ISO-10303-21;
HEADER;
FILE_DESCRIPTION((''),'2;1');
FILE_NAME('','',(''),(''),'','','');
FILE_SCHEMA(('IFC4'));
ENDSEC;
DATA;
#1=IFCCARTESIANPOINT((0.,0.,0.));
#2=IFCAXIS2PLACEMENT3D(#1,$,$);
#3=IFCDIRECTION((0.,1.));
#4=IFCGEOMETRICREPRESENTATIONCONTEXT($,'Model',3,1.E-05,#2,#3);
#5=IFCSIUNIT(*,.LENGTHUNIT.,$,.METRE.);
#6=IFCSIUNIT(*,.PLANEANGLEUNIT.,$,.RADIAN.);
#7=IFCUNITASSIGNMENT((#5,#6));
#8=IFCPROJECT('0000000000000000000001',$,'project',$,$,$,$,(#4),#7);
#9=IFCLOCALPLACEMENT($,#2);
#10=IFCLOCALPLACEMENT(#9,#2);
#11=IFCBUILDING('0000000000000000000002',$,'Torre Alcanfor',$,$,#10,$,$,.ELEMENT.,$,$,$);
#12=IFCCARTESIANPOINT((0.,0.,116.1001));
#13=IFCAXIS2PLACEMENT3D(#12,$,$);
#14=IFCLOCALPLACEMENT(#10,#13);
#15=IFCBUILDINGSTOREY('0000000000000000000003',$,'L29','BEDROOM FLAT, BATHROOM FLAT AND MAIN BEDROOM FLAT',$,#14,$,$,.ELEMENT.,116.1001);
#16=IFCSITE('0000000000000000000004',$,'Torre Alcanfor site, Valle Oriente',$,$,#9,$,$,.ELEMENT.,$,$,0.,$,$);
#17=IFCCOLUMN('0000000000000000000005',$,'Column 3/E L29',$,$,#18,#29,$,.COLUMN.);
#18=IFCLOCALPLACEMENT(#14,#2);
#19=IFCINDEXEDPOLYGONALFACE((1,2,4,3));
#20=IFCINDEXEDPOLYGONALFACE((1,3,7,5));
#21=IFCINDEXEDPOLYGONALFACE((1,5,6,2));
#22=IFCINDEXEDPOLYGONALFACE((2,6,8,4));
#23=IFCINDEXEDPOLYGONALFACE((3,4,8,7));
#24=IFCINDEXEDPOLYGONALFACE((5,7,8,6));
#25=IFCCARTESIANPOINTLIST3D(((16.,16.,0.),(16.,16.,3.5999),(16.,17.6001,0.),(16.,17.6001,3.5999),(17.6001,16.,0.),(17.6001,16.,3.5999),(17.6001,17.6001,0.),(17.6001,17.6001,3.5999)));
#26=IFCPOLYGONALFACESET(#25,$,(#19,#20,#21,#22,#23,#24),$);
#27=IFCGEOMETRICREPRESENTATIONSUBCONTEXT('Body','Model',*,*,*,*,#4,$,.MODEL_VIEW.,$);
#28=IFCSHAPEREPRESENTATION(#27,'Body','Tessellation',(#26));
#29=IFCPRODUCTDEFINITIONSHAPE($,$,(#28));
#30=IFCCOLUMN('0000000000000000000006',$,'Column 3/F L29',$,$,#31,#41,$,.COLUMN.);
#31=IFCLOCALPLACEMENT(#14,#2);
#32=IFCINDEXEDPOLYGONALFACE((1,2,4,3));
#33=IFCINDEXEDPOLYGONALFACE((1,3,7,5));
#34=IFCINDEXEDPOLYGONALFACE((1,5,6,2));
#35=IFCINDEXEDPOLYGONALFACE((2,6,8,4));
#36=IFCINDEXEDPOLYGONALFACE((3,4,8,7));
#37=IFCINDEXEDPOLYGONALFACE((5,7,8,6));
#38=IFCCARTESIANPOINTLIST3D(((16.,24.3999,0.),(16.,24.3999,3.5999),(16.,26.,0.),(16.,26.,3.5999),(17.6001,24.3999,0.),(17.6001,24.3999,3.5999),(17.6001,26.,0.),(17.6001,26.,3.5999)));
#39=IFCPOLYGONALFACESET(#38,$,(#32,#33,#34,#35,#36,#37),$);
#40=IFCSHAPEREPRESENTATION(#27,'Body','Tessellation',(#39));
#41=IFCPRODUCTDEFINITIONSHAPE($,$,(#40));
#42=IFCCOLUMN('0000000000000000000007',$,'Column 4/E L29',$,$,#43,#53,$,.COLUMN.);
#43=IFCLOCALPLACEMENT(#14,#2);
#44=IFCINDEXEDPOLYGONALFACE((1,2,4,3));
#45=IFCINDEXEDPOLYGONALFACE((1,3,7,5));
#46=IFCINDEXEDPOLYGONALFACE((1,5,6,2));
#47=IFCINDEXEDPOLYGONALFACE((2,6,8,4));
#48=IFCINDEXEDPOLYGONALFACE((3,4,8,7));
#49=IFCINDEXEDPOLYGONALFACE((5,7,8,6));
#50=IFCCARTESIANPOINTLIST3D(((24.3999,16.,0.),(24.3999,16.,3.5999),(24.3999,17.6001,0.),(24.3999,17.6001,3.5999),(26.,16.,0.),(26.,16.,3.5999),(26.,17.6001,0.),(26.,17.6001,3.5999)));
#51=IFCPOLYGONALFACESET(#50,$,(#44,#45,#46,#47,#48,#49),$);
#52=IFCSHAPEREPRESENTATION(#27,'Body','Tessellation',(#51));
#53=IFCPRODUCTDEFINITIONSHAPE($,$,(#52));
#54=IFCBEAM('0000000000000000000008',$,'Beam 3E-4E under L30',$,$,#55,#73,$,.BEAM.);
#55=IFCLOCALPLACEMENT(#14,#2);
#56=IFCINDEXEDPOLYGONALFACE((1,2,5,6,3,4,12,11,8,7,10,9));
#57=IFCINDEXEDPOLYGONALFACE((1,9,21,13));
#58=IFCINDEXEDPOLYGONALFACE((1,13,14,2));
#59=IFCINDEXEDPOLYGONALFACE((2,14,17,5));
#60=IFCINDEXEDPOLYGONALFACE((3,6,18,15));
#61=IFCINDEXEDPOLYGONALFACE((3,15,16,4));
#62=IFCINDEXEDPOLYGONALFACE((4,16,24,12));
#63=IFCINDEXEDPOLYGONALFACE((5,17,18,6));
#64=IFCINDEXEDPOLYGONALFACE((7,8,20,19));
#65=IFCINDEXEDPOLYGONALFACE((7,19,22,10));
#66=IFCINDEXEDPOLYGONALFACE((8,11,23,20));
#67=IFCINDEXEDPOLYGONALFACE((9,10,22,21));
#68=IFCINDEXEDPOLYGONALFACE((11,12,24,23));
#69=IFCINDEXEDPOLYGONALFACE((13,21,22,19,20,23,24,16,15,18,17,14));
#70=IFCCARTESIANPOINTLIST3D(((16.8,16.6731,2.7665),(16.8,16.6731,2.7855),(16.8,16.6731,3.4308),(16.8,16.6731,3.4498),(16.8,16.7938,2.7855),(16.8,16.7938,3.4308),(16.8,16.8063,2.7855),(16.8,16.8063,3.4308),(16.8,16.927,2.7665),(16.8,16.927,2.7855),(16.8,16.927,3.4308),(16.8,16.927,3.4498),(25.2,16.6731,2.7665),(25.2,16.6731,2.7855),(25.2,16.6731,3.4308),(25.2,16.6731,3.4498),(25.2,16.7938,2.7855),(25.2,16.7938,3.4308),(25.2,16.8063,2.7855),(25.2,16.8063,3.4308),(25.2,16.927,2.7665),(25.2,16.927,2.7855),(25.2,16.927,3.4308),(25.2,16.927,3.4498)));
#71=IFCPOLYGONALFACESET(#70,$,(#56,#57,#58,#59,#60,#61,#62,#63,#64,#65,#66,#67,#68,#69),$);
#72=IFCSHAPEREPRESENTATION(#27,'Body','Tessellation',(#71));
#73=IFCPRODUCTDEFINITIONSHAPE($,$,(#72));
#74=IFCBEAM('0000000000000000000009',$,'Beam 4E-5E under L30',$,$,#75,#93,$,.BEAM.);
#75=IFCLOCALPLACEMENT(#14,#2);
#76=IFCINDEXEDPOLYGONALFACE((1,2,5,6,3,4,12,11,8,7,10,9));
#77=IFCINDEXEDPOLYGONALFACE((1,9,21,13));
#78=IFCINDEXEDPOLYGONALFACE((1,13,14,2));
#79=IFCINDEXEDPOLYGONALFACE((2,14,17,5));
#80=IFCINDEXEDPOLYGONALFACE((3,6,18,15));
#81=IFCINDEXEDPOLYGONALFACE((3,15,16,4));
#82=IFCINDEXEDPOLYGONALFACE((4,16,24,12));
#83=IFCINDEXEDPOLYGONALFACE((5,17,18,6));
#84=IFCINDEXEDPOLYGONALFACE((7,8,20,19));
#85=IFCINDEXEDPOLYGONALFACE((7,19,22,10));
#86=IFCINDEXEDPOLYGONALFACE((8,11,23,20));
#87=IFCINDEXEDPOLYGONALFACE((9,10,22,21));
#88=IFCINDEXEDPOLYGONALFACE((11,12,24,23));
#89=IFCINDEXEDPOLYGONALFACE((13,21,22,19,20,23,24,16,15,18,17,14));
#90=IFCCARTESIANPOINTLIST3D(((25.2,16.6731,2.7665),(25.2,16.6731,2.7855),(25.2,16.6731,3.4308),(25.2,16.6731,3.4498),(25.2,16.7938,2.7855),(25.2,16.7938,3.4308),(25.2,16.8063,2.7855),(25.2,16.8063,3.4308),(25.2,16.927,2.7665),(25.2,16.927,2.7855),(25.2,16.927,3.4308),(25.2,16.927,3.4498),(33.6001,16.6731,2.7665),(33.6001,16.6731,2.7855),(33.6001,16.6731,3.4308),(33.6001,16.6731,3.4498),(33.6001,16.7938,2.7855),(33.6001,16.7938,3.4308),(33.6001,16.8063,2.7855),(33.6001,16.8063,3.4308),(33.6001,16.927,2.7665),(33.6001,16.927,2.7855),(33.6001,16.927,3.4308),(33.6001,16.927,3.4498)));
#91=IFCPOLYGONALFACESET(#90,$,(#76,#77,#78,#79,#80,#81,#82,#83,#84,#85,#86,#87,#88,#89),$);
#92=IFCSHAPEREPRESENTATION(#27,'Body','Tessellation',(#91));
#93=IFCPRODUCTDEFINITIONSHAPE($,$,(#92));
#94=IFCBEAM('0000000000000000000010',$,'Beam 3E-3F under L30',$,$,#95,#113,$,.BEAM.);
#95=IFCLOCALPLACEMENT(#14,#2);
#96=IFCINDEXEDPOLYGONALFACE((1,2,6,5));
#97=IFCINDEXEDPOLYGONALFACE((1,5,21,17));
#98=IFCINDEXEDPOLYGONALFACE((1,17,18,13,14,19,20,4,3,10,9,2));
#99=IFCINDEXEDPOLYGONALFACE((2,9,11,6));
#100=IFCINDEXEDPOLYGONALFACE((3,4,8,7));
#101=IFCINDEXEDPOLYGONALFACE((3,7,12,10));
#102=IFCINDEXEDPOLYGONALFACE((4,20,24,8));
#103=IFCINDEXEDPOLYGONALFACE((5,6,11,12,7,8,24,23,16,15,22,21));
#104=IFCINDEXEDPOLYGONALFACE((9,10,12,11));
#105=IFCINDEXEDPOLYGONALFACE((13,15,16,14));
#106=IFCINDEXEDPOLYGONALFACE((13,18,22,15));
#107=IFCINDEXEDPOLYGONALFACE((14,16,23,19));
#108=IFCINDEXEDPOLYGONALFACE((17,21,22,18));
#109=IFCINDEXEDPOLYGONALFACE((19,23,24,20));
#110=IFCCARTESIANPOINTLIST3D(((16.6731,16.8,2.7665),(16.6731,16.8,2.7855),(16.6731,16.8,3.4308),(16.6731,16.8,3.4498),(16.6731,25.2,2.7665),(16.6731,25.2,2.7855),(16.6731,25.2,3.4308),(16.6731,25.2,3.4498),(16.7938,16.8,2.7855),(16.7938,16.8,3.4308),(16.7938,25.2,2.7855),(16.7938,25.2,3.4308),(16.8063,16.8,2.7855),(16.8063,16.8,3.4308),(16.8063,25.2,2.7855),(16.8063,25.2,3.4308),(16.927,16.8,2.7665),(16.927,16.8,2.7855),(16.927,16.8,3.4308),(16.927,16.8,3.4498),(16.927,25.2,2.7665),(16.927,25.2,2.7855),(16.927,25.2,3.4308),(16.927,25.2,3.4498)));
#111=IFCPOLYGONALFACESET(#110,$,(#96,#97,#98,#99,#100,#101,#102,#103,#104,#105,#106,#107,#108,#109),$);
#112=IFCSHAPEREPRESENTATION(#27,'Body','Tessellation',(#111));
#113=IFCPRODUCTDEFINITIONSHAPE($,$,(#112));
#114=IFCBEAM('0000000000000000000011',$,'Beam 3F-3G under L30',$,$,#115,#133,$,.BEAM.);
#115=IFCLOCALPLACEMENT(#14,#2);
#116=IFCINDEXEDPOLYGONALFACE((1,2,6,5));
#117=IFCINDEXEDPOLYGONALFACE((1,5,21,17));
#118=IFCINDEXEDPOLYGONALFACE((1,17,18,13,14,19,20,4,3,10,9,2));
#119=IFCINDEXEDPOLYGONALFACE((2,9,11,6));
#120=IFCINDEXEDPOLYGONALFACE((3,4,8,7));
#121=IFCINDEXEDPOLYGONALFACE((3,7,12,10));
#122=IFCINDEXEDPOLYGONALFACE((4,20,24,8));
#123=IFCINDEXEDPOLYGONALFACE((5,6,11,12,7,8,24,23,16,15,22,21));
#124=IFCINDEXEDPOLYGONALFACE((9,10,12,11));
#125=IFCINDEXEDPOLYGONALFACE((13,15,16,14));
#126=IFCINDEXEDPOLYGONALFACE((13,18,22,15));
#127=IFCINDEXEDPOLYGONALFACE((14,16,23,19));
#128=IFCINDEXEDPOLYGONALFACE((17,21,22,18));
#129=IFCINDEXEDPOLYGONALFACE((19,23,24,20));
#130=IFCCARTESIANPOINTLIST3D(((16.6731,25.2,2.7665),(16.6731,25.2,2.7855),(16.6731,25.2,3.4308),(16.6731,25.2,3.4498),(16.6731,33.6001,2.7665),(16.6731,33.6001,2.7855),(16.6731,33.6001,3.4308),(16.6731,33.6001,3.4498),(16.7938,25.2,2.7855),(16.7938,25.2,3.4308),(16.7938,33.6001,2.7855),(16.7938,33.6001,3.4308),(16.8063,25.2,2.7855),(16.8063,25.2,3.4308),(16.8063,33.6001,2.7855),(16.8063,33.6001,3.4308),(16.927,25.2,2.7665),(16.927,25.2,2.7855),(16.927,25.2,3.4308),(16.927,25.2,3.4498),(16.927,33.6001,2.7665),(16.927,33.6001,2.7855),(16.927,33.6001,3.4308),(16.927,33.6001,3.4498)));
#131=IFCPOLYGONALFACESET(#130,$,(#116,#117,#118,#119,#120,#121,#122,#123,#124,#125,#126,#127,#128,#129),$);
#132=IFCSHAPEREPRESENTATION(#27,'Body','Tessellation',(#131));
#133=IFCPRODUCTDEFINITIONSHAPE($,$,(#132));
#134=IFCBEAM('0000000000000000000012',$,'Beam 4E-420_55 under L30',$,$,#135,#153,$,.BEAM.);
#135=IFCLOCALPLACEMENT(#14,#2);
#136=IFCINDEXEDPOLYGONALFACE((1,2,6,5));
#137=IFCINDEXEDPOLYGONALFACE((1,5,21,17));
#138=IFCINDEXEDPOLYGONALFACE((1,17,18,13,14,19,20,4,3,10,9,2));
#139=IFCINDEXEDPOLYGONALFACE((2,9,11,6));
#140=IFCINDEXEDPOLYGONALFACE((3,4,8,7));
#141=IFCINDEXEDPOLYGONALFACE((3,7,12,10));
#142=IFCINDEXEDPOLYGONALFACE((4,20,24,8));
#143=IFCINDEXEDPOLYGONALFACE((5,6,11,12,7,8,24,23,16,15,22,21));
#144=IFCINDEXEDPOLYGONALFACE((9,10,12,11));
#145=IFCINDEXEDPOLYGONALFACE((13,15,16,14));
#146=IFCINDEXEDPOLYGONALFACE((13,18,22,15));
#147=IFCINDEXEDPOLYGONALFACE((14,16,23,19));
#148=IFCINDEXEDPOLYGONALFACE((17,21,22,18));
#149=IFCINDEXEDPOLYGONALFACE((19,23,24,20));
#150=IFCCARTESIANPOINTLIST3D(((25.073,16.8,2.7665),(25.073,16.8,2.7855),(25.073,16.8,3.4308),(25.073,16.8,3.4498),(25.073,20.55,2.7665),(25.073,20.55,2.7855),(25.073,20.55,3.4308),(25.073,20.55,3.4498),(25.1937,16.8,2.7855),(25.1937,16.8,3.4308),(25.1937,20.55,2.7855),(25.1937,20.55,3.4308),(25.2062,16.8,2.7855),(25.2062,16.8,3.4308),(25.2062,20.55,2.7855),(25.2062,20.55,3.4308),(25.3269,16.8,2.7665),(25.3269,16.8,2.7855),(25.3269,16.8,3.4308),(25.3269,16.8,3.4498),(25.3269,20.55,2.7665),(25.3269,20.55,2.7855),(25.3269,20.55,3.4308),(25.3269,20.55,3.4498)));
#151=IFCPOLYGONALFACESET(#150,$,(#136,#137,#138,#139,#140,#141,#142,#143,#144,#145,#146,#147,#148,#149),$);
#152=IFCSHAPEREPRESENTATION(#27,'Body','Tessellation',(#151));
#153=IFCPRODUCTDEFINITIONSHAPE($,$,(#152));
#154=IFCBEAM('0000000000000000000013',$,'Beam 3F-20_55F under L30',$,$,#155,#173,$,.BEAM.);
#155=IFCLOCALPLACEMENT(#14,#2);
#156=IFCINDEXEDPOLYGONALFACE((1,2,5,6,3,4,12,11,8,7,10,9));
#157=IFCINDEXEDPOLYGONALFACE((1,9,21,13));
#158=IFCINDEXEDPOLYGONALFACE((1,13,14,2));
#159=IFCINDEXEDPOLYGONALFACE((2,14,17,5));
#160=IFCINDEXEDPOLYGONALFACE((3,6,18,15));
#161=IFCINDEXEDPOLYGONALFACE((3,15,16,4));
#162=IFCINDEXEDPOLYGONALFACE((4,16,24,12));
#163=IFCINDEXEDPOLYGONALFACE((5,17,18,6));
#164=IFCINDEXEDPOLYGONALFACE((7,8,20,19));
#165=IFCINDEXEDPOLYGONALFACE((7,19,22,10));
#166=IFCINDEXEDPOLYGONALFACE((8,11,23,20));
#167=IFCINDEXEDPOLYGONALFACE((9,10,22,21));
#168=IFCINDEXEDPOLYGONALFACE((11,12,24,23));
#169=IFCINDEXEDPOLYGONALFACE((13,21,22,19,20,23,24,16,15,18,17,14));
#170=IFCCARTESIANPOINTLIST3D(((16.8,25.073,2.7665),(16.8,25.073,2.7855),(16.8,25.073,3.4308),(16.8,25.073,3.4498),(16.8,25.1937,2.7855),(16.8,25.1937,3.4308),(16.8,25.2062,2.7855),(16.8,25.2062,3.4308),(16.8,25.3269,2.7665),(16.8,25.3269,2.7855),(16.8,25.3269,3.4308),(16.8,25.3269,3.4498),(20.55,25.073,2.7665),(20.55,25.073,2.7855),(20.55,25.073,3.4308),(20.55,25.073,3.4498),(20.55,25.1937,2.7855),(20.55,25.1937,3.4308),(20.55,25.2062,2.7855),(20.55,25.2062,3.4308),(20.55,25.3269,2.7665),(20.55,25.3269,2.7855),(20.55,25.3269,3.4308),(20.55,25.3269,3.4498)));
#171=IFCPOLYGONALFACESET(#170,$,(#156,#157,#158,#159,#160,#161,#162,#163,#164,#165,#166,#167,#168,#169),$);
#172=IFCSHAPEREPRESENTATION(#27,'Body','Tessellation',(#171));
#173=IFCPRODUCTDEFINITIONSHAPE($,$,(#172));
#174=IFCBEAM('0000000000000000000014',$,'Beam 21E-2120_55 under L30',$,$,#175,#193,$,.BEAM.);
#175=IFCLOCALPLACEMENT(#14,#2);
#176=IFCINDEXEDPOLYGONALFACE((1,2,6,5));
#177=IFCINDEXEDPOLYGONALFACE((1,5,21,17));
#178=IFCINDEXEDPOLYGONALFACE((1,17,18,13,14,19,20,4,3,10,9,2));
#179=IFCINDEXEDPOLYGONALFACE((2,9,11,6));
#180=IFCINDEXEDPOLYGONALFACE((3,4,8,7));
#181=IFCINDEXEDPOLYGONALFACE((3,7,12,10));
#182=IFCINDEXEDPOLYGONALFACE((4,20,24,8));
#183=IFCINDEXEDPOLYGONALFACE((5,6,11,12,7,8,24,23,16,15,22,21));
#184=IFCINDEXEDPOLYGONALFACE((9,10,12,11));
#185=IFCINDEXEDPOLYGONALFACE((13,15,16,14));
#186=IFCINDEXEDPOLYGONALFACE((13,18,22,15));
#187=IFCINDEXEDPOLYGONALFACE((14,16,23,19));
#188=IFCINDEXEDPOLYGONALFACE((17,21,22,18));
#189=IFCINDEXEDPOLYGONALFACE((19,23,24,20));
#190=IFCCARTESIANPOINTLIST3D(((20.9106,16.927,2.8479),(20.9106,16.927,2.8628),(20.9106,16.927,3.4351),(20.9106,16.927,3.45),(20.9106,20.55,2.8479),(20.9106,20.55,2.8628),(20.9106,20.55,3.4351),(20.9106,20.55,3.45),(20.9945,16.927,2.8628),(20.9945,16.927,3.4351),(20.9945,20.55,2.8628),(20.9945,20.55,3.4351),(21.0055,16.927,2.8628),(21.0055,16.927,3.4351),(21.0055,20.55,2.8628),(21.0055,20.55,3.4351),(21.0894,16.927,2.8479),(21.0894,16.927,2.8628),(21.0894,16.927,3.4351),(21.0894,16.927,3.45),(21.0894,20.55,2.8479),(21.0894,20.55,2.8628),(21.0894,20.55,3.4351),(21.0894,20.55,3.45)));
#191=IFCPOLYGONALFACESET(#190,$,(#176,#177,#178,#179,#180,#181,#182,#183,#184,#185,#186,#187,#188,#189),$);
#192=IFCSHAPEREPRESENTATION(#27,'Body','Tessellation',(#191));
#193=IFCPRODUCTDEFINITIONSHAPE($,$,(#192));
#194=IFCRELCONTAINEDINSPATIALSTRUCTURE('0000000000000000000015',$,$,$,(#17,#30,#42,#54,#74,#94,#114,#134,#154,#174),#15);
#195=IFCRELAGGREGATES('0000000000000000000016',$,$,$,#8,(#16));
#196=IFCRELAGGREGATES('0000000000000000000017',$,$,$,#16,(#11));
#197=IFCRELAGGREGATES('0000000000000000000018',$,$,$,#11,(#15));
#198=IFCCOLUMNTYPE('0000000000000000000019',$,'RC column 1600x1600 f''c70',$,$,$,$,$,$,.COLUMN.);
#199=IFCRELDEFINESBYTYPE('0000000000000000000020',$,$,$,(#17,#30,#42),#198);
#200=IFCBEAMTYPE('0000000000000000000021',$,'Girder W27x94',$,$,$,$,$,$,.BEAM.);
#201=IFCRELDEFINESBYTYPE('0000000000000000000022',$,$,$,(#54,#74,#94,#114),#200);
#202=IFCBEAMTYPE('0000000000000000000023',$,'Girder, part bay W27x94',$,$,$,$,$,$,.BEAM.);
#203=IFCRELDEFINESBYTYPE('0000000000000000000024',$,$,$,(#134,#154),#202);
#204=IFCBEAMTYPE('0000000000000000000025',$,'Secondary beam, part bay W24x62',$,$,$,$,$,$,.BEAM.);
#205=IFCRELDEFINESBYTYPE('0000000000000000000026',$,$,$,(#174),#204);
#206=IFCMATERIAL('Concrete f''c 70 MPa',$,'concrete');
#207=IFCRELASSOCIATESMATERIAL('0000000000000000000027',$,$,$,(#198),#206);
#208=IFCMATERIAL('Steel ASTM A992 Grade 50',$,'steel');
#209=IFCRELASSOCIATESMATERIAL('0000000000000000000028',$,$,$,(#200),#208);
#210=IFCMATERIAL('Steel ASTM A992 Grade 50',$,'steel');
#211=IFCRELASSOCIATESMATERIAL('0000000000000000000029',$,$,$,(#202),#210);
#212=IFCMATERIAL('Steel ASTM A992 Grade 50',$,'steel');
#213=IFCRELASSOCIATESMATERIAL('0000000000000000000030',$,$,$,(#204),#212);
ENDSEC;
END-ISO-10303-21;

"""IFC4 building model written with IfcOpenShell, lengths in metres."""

from ifc_helpers import new_model, si_unit, direction, frame, origin, origin_2d, place, context, subcontext, project, spatial, rectangle, i_section, extrude, material, material_profile, profile_set, type_object, element, save


model = new_model("IFC4")

# Units and contexts
model_context = context("Model", 3, precision=1e-05, world=origin(), true_north=direction((0.0, 1.0)))
body_context = subcontext(model_context, "Body", "Model", "MODEL_VIEW")
ifc_project = project(units=[si_unit("LENGTHUNIT", "METRE"), si_unit("PLANEANGLEUNIT", "RADIAN")], contexts=[model_context])

# Site, building, storey
site_placement = place(None, origin())
site = spatial("IfcSite", under=ifc_project, at=site_placement, Name="Torre Alcanfor site, Valle Oriente", CompositionType="ELEMENT", RefElevation=0.0)
building_placement = place(site_placement, origin())
building = spatial("IfcBuilding", under=site, at=building_placement, Name="Torre Alcanfor", CompositionType="ELEMENT")
storey_placement = place(building_placement, frame((0.0, 0.0, 116.1001)))
storey = spatial("IfcBuildingStorey", under=building, at=storey_placement, Name="L29", Description="BEDROOM FLAT, BATHROOM FLAT AND MAIN BEDROOM FLAT", CompositionType="ELEMENT", Elevation=116.1001)

# Columns
ifc_material_1 = material(Name="Concrete f'c 70 MPa", Category="concrete")
ifc_material_profile_1 = material_profile(ifc_material_1, rectangle(XDim=1.6001, YDim=1.6001, at=origin_2d()), Name="1600x1600")
ifc_profile_set_1 = profile_set([ifc_material_profile_1], Name="Concrete f'c 70 MPa")
column_type = type_object("IfcColumnType", Name="RC column 1600x1600 f'c70", PredefinedType="COLUMN", material=ifc_profile_set_1)
for number, where, z_axis, x_axis, name in (
    (1, (16.8, 16.8, 0.0), (0.0, 0.0, 1.0), (1.0, 0.0, 0.0), "Column 3/E L29"),
    (2, (16.8, 25.2, 0.0), (0.0, 0.0, 1.0), (1.0, 0.0, 0.0), "Column 3/F L29"),
    (3, (25.2, 16.8, 0.0), (0.0, 0.0, 1.0), (1.0, 0.0, 0.0), "Column 4/E L29"),
):
    element("IfcColumn", number, at=place(storey_placement, frame(where, z_axis=z_axis, x_axis=x_axis)), inside=storey, type_object=column_type, Name=name, PredefinedType="COLUMN", context=body_context, shape_type="SweptSolid", body=[
        extrude(rectangle(XDim=1.6001, YDim=1.6001, at=origin_2d()), origin(), (0.0, 0.0, 1.0), 3.5999),
    ])

# Beams
ifc_material_2 = material(Name="Steel ASTM A992 Grade 50", Category="steel")
ifc_material_profile_2 = material_profile(ifc_material_2, i_section(OverallWidth=0.2539, OverallDepth=0.6833, WebThickness=0.0125, FlangeThickness=0.019, at=origin_2d()), Name="W27x94")
ifc_profile_set_2 = profile_set([ifc_material_profile_2], Name="Steel ASTM A992 Grade 50")
beam_type_1 = type_object("IfcBeamType", Name="Girder W27x94", PredefinedType="BEAM", material=ifc_profile_set_2)
beam_1_placement = place(storey_placement, frame((16.8, 16.8, 3.1082), z_axis=(1.0, 0.0, 0.0), x_axis=(0.0, 1.0, 0.0)))
element("IfcBeam", 4, at=beam_1_placement, inside=storey, type_object=beam_type_1, Name="Beam 3E-4E under L30", PredefinedType="BEAM", context=body_context, shape_type="SweptSolid", body=[
    extrude(i_section(OverallWidth=0.2539, OverallDepth=0.6833, WebThickness=0.0125, FlangeThickness=0.019, at=origin_2d()), origin(), (0.0, 0.0, 1.0), 8.3999),
])
beam_2_placement = place(storey_placement, frame((25.2, 16.8, 3.1082), z_axis=(1.0, 0.0, 0.0), x_axis=(0.0, 1.0, 0.0)))
element("IfcBeam", 5, at=beam_2_placement, inside=storey, type_object=beam_type_1, Name="Beam 4E-5E under L30", PredefinedType="BEAM", context=body_context, shape_type="SweptSolid", body=[
    extrude(i_section(OverallWidth=0.2539, OverallDepth=0.6833, WebThickness=0.0125, FlangeThickness=0.019, at=origin_2d()), origin(), (0.0, 0.0, 1.0), 8.4001),
])
beam_3_placement = place(storey_placement, frame((16.8, 16.8, 3.1082), z_axis=(0.0, 1.0, 0.0), x_axis=(-1.0, 0.0, 0.0)))
element("IfcBeam", 6, at=beam_3_placement, inside=storey, type_object=beam_type_1, Name="Beam 3E-3F under L30", PredefinedType="BEAM", context=body_context, shape_type="SweptSolid", body=[
    extrude(i_section(OverallWidth=0.2539, OverallDepth=0.6833, WebThickness=0.0125, FlangeThickness=0.019, at=origin_2d()), origin(), (0.0, 0.0, 1.0), 8.3999),
])
beam_4_placement = place(storey_placement, frame((16.8, 25.2, 3.1082), z_axis=(0.0, 1.0, 0.0), x_axis=(-1.0, 0.0, 0.0)))
element("IfcBeam", 7, at=beam_4_placement, inside=storey, type_object=beam_type_1, Name="Beam 3F-3G under L30", PredefinedType="BEAM", context=body_context, shape_type="SweptSolid", body=[
    extrude(i_section(OverallWidth=0.2539, OverallDepth=0.6833, WebThickness=0.0125, FlangeThickness=0.019, at=origin_2d()), origin(), (0.0, 0.0, 1.0), 8.4001),
])
ifc_material_3 = material(Name="Steel ASTM A992 Grade 50", Category="steel")
ifc_material_profile_3 = material_profile(ifc_material_3, i_section(OverallWidth=0.2539, OverallDepth=0.6833, WebThickness=0.0125, FlangeThickness=0.019, at=origin_2d()), Name="W27x94")
ifc_profile_set_3 = profile_set([ifc_material_profile_3], Name="Steel ASTM A992 Grade 50")
beam_type_2 = type_object("IfcBeamType", Name="Girder, part bay W27x94", PredefinedType="BEAM", material=ifc_profile_set_3)
for number, where, z_axis, x_axis, name in (
    (8, (25.2, 16.8, 3.1082), (0.0, 1.0, 0.0), (-1.0, 0.0, 0.0), "Beam 4E-420_55 under L30"),
    (9, (16.8, 25.2, 3.1082), (1.0, 0.0, 0.0), (0.0, 1.0, 0.0), "Beam 3F-20_55F under L30"),
):
    element("IfcBeam", number, at=place(storey_placement, frame(where, z_axis=z_axis, x_axis=x_axis)), inside=storey, type_object=beam_type_2, Name=name, PredefinedType="BEAM", context=body_context, shape_type="SweptSolid", body=[
        extrude(i_section(OverallWidth=0.2539, OverallDepth=0.6833, WebThickness=0.0125, FlangeThickness=0.019, at=origin_2d()), origin(), (0.0, 0.0, 1.0), 3.75),
    ])
ifc_material_4 = material(Name="Steel ASTM A992 Grade 50", Category="steel")
ifc_material_profile_4 = material_profile(ifc_material_4, i_section(OverallWidth=0.1787, OverallDepth=0.6021, WebThickness=0.011, FlangeThickness=0.0149, at=origin_2d()), Name="W24x62")
ifc_profile_set_4 = profile_set([ifc_material_profile_4], Name="Steel ASTM A992 Grade 50")
beam_type_3 = type_object("IfcBeamType", Name="Secondary beam, part bay W24x62", PredefinedType="BEAM", material=ifc_profile_set_4)
for number, where, z_axis, x_axis, name in (
    (10, (21.0, 16.927, 3.1489), (0.0, 1.0, 0.0), (-1.0, 0.0, 0.0), "Beam 21E-2120_55 under L30"),
):
    element("IfcBeam", number, at=place(storey_placement, frame(where, z_axis=z_axis, x_axis=x_axis)), inside=storey, type_object=beam_type_3, Name=name, PredefinedType="BEAM", context=body_context, shape_type="SweptSolid", body=[
        extrude(i_section(OverallWidth=0.1787, OverallDepth=0.6021, WebThickness=0.011, FlangeThickness=0.0149, at=origin_2d()), origin(), (0.0, 0.0, 1.0), 3.623),
    ])

save(model, "model.ifc")
